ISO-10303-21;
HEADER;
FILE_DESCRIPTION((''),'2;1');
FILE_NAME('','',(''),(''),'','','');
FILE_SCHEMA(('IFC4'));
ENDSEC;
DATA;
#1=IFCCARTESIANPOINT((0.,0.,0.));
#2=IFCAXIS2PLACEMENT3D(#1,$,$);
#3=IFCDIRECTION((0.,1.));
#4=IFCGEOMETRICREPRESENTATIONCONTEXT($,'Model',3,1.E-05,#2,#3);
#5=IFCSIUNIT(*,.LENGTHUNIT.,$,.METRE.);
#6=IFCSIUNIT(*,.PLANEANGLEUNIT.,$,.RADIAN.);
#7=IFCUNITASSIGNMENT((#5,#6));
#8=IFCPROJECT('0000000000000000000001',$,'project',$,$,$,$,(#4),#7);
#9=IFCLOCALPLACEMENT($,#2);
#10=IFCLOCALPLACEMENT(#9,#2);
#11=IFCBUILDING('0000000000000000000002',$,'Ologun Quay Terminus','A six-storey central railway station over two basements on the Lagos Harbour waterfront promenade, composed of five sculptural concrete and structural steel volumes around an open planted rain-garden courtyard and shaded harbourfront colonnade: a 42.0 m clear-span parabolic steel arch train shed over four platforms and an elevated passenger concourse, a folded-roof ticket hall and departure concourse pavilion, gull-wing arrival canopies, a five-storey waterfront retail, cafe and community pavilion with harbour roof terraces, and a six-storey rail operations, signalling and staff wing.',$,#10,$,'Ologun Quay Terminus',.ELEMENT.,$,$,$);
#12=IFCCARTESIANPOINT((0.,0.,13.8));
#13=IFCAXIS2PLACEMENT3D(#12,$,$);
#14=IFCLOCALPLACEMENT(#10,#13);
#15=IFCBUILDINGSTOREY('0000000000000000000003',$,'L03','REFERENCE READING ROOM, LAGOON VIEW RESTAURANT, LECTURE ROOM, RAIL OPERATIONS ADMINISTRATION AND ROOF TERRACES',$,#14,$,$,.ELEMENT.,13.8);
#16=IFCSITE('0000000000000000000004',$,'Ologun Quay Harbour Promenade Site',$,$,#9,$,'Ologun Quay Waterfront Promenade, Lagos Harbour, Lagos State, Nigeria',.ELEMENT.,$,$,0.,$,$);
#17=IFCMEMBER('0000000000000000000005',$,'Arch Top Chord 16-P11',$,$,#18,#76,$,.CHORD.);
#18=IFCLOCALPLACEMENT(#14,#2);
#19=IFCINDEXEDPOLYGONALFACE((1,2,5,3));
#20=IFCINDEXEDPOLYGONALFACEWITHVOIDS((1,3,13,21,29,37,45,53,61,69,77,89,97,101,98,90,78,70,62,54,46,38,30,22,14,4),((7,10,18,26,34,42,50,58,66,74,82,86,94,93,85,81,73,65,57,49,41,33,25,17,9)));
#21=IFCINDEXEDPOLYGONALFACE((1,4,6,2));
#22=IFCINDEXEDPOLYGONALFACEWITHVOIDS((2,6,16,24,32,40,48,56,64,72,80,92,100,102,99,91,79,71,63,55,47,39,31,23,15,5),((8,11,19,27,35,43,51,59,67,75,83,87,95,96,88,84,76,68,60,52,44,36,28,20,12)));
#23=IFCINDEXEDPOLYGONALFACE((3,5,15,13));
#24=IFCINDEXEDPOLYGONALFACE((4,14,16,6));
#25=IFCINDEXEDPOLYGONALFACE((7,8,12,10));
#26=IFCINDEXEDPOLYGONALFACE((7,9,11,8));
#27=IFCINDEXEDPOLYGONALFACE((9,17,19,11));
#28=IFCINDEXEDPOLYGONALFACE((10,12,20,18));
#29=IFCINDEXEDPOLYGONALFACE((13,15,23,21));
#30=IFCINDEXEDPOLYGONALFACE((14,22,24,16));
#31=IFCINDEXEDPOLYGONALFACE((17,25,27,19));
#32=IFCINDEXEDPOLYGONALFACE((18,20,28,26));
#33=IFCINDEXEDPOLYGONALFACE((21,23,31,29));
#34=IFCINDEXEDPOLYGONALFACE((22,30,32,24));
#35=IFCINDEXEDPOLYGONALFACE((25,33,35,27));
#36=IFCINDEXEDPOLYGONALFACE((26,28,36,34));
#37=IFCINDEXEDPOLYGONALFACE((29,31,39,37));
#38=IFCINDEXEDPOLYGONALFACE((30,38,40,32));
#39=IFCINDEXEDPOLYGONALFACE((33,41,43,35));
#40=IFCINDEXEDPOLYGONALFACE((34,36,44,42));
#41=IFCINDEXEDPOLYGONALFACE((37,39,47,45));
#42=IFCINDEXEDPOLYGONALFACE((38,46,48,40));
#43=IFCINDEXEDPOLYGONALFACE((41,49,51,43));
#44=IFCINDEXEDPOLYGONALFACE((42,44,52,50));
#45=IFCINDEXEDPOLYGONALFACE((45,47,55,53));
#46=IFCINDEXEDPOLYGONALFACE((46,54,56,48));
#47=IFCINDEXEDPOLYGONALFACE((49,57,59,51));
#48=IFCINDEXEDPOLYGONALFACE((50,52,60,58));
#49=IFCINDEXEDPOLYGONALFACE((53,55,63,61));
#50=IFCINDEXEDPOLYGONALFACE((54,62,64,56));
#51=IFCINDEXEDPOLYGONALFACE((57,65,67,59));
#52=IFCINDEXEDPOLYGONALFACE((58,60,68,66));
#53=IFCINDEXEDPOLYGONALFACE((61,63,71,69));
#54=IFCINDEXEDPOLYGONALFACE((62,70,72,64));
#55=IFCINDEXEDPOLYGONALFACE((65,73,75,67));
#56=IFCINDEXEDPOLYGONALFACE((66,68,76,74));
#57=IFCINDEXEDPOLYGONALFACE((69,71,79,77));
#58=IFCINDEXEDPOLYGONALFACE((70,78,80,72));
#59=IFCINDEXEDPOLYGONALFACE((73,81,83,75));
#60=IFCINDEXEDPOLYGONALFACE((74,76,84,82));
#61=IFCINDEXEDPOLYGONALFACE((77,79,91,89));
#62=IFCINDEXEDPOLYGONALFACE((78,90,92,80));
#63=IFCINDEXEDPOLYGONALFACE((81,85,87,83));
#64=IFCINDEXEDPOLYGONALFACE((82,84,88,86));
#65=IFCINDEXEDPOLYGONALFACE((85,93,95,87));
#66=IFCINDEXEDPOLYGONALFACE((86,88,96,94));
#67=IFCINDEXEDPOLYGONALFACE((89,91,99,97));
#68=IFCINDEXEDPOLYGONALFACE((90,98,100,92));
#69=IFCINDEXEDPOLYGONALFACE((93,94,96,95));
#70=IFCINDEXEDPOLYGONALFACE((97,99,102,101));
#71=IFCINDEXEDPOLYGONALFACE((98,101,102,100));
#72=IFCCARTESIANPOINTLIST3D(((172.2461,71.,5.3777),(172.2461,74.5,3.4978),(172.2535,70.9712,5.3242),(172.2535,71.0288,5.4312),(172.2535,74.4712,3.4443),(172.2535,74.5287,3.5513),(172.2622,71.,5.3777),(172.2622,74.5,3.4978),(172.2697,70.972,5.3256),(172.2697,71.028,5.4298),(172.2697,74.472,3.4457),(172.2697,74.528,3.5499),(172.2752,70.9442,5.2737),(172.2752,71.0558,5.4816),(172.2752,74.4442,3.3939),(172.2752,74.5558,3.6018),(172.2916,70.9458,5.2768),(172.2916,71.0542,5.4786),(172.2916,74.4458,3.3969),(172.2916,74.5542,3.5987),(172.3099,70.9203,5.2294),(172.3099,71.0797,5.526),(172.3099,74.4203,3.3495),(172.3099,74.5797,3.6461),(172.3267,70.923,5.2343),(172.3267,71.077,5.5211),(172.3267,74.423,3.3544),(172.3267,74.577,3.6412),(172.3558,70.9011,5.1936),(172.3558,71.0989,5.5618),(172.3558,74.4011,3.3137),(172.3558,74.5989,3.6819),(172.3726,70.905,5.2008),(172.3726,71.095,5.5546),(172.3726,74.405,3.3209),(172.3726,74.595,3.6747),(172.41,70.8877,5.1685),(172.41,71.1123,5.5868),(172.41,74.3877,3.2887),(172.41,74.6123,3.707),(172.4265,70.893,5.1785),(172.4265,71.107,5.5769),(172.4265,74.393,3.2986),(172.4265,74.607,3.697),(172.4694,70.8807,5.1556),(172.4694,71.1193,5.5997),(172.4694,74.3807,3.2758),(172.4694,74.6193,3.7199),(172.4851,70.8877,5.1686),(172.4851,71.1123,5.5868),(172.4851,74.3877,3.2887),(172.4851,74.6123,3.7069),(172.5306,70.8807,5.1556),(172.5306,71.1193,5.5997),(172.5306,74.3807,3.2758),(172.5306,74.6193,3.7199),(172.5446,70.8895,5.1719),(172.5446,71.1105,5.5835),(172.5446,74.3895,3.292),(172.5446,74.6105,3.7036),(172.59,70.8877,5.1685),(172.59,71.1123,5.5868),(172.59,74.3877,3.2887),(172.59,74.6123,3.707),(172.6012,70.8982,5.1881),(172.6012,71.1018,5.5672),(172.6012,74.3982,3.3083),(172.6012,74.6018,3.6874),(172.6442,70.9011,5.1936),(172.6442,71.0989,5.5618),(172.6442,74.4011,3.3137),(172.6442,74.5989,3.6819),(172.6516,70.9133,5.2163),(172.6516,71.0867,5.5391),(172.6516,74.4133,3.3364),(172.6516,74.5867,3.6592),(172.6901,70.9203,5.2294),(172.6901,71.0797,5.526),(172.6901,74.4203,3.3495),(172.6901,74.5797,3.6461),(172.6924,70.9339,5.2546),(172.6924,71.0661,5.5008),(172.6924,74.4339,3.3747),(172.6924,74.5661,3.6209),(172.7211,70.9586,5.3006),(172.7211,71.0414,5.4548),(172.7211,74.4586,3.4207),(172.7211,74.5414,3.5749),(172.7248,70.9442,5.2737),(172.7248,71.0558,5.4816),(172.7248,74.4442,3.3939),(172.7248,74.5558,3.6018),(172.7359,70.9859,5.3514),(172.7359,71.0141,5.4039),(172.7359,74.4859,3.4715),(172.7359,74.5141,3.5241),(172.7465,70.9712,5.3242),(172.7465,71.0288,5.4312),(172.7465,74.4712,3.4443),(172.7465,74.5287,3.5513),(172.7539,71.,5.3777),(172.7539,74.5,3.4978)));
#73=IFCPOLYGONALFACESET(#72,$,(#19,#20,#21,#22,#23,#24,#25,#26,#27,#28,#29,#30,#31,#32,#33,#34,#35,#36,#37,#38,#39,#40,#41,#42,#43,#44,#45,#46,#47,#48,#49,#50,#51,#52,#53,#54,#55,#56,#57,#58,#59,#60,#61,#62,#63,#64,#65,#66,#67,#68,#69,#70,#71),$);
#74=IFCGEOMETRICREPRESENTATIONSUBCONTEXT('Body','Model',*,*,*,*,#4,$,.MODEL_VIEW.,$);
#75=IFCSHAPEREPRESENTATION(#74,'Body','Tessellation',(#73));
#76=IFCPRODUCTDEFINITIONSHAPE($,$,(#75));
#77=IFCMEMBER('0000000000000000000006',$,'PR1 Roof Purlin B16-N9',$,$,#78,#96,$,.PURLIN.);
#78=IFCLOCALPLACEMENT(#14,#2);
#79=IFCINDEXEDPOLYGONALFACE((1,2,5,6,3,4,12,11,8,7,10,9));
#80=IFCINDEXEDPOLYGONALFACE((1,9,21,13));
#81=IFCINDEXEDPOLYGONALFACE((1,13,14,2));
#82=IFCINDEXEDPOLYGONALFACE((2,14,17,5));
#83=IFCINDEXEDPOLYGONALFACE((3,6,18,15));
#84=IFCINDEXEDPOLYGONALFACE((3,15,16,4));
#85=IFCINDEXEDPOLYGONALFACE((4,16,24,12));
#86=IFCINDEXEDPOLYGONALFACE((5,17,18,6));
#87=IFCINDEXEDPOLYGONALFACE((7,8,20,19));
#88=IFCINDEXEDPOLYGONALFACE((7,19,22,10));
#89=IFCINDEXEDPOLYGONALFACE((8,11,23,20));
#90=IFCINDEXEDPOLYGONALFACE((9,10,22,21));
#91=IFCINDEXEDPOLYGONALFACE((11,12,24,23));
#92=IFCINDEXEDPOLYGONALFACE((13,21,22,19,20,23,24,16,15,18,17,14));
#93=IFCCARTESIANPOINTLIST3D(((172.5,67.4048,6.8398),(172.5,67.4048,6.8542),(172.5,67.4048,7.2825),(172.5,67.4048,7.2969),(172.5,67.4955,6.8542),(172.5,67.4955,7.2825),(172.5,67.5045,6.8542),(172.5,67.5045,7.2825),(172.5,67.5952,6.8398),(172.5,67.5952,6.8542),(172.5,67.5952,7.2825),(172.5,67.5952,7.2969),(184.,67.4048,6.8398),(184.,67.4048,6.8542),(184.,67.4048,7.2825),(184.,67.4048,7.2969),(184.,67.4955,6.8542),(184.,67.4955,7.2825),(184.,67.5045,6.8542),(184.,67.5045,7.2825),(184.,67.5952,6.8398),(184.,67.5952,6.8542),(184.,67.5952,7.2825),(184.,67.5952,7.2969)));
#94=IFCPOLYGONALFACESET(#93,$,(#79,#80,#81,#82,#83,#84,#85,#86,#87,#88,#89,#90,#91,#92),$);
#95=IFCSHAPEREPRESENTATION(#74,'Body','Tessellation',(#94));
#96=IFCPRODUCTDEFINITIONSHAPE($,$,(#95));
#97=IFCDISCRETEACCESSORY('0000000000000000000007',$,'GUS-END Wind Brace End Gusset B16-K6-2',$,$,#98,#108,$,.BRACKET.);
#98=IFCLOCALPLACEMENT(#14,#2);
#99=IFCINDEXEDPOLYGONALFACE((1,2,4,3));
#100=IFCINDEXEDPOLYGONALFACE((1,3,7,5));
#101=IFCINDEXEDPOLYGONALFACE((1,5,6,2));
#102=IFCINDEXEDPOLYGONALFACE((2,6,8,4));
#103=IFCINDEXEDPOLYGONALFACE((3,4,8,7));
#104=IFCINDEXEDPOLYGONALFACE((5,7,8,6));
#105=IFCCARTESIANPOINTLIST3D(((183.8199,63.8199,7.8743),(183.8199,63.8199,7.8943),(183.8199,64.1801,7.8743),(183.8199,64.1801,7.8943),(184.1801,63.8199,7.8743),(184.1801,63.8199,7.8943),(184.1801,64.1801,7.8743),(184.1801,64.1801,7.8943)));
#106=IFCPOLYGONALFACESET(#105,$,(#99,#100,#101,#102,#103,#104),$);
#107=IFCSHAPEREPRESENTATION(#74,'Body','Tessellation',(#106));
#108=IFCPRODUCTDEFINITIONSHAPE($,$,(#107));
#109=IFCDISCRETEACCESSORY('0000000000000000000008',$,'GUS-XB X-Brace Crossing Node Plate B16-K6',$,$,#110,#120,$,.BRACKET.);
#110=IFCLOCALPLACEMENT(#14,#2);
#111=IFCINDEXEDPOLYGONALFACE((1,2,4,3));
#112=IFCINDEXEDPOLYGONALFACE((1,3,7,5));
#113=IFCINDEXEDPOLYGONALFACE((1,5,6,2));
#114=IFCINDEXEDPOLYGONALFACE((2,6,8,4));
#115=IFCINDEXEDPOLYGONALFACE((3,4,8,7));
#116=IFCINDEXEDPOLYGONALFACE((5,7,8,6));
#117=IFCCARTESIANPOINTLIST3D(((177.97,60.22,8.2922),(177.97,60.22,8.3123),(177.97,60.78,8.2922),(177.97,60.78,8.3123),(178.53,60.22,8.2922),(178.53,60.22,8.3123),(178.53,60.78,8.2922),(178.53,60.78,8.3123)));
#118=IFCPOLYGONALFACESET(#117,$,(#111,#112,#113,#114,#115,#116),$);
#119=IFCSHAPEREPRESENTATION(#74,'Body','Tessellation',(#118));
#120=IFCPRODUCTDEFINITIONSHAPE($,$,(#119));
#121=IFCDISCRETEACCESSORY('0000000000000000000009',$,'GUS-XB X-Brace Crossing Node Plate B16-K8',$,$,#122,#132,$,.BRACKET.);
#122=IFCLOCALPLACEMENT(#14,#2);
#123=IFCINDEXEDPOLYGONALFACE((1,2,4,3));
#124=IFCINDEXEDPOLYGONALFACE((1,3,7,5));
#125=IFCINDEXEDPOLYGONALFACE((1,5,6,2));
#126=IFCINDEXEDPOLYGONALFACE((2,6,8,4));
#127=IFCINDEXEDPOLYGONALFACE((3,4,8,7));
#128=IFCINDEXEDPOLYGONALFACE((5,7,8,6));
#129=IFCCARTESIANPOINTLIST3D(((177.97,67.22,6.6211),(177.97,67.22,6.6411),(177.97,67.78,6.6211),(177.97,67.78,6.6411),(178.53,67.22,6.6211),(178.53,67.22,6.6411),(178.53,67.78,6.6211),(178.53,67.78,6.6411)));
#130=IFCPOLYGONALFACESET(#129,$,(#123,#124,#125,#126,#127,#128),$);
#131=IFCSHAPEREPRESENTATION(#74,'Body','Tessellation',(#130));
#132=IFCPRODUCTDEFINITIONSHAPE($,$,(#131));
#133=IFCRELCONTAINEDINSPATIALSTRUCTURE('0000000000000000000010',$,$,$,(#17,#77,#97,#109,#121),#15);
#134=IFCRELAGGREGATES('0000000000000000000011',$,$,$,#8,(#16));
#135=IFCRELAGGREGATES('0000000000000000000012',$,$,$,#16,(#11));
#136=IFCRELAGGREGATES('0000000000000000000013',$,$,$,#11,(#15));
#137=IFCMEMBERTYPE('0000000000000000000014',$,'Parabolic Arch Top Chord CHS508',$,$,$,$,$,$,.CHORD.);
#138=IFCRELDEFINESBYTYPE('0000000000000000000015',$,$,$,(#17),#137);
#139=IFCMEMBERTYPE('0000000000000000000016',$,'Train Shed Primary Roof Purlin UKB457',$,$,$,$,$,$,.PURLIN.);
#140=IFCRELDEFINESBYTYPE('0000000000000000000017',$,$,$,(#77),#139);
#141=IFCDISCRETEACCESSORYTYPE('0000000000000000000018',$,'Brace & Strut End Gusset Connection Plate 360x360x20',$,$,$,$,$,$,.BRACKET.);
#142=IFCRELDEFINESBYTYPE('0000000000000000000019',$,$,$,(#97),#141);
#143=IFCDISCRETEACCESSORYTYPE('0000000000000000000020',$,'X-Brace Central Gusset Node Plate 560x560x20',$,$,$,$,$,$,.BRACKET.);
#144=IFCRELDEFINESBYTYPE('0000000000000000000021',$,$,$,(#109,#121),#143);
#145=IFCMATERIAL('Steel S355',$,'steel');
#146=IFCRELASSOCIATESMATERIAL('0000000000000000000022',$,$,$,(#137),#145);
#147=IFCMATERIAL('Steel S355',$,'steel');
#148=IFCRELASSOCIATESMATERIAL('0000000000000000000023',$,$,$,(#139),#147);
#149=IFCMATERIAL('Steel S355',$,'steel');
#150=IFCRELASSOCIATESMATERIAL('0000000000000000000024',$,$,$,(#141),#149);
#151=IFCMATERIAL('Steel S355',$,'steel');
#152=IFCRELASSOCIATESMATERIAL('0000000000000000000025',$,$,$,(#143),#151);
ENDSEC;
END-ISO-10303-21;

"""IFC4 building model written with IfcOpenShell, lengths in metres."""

from ifc_helpers import new_model, si_unit, direction, frame, origin, origin_2d, place, context, subcontext, project, spatial, rectangle, hollow_circle, i_section, extrude, material, material_profile, profile_set, type_object, element, save


model = new_model("IFC4")

# Units and contexts
model_context = context("Model", 3, precision=1e-05, world=origin(), true_north=direction((0.0, 1.0)))
body_context = subcontext(model_context, "Body", "Model", "MODEL_VIEW")
ifc_project = project(units=[si_unit("LENGTHUNIT", "METRE"), si_unit("PLANEANGLEUNIT", "RADIAN")], contexts=[model_context])

# Site, building, storey
site_placement = place(None, origin())
site = spatial("IfcSite", under=ifc_project, at=site_placement, Name="Ologun Quay Harbour Promenade Site", LongName="Ologun Quay Waterfront Promenade, Lagos Harbour, Lagos State, Nigeria", CompositionType="ELEMENT", RefElevation=0.0)
building_placement = place(site_placement, origin())
building = spatial("IfcBuilding", under=site, at=building_placement, Name="Ologun Quay Terminus", Description="A six-storey central railway station over two basements on the Lagos Harbour waterfront promenade, composed of five sculptural concrete and structural steel volumes around an open planted rain-garden courtyard and shaded harbourfront colonnade: a 42.0 m clear-span parabolic steel arch train shed over four platforms and an elevated passenger concourse, a folded-roof ticket hall and departure concourse pavilion, gull-wing arrival canopies, a five-storey waterfront retail, cafe and community pavilion with harbour roof terraces, and a six-storey rail operations, signalling and staff wing.", LongName="Ologun Quay Terminus", CompositionType="ELEMENT")
storey_placement = place(building_placement, frame((0.0, 0.0, 13.8)))
storey = spatial("IfcBuildingStorey", under=building, at=storey_placement, Name="L03", Description="REFERENCE READING ROOM, LAGOON VIEW RESTAURANT, LECTURE ROOM, RAIL OPERATIONS ADMINISTRATION AND ROOF TERRACES", CompositionType="ELEMENT", Elevation=13.8)

# Members
ifc_material_1 = material(Name="Steel S355", Category="steel")
ifc_material_profile_1 = material_profile(ifc_material_1, hollow_circle(Radius=0.2539, WallThickness=0.0161, at=origin_2d()), Name="CHS 508x16")
ifc_profile_set_1 = profile_set([ifc_material_profile_1], Name="Steel S355")
member_type_1 = type_object("IfcMemberType", Name="Parabolic Arch Top Chord CHS508", PredefinedType="CHORD", material=ifc_profile_set_1)
member_1_placement = place(storey_placement, frame((172.5, 71.0, 5.3777), z_axis=(0.0, 0.880968, -0.473176), x_axis=(-1.0, 0.0, 0.0)))
element("IfcMember", 1, at=member_1_placement, inside=storey, type_object=member_type_1, Name="Arch Top Chord 16-P11", PredefinedType="CHORD", context=body_context, shape_type="SweptSolid", body=[
    extrude(hollow_circle(Radius=0.2539, WallThickness=0.0161, at=origin_2d()), origin(), (0.0, 0.0, 1.0), 3.9729),
])
ifc_material_2 = material(Name="Steel S355", Category="steel")
ifc_material_profile_2 = material_profile(ifc_material_2, i_section(OverallWidth=0.1904, OverallDepth=0.457, WebThickness=0.009, FlangeThickness=0.0144, at=origin_2d()), Name="UKB 457x191x74")
ifc_profile_set_2 = profile_set([ifc_material_profile_2], Name="Steel S355")
member_type_2 = type_object("IfcMemberType", Name="Train Shed Primary Roof Purlin UKB457", PredefinedType="PURLIN", material=ifc_profile_set_2)
member_2_placement = place(storey_placement, frame((172.5, 67.5, 7.0684), z_axis=(1.0, 0.0, 0.0), x_axis=(0.0, 1.0, 0.0)))
element("IfcMember", 2, at=member_2_placement, inside=storey, type_object=member_type_2, Name="PR1 Roof Purlin B16-N9", PredefinedType="PURLIN", context=body_context, shape_type="SweptSolid", body=[
    extrude(i_section(OverallWidth=0.1904, OverallDepth=0.457, WebThickness=0.009, FlangeThickness=0.0144, at=origin_2d()), origin(), (0.0, 0.0, 1.0), 11.5),
])

# Discrete accessories
ifc_material_3 = material(Name="Steel S355", Category="steel")
discrete_accessory_type_1 = type_object("IfcDiscreteAccessoryType", Name="Brace & Strut End Gusset Connection Plate 360x360x20", PredefinedType="BRACKET", material=ifc_material_3)
discrete_accessory_placement = place(storey_placement, frame((184.0, 64.0, 7.8743), z_axis=(0.0, 0.0, 1.0), x_axis=(1.0, 0.0, 0.0)))
element("IfcDiscreteAccessory", 3, at=discrete_accessory_placement, inside=storey, type_object=discrete_accessory_type_1, Name="GUS-END Wind Brace End Gusset B16-K6-2", PredefinedType="BRACKET", context=body_context, shape_type="SweptSolid", body=[
    extrude(rectangle(XDim=0.3601, YDim=0.3601, at=origin_2d()), origin(), (0.0, 0.0, 1.0), 0.02),
])
ifc_material_4 = material(Name="Steel S355", Category="steel")
discrete_accessory_type_2 = type_object("IfcDiscreteAccessoryType", Name="X-Brace Central Gusset Node Plate 560x560x20", PredefinedType="BRACKET", material=ifc_material_4)
for number, where, z_axis, x_axis, name in (
    (4, (178.25, 60.5, 8.2922), (0.0, 0.0, 1.0), (1.0, 0.0, 0.0), "GUS-XB X-Brace Crossing Node Plate B16-K6"),
    (5, (178.25, 67.5, 6.6211), (0.0, 0.0, 1.0), (1.0, 0.0, 0.0), "GUS-XB X-Brace Crossing Node Plate B16-K8"),
):
    element("IfcDiscreteAccessory", number, at=place(storey_placement, frame(where, z_axis=z_axis, x_axis=x_axis)), inside=storey, type_object=discrete_accessory_type_2, Name=name, PredefinedType="BRACKET", context=body_context, shape_type="SweptSolid", body=[
        extrude(rectangle(XDim=0.5601, YDim=0.5601, at=origin_2d()), origin(), (0.0, 0.0, 1.0), 0.02),
    ])

save(model, "model.ifc")
